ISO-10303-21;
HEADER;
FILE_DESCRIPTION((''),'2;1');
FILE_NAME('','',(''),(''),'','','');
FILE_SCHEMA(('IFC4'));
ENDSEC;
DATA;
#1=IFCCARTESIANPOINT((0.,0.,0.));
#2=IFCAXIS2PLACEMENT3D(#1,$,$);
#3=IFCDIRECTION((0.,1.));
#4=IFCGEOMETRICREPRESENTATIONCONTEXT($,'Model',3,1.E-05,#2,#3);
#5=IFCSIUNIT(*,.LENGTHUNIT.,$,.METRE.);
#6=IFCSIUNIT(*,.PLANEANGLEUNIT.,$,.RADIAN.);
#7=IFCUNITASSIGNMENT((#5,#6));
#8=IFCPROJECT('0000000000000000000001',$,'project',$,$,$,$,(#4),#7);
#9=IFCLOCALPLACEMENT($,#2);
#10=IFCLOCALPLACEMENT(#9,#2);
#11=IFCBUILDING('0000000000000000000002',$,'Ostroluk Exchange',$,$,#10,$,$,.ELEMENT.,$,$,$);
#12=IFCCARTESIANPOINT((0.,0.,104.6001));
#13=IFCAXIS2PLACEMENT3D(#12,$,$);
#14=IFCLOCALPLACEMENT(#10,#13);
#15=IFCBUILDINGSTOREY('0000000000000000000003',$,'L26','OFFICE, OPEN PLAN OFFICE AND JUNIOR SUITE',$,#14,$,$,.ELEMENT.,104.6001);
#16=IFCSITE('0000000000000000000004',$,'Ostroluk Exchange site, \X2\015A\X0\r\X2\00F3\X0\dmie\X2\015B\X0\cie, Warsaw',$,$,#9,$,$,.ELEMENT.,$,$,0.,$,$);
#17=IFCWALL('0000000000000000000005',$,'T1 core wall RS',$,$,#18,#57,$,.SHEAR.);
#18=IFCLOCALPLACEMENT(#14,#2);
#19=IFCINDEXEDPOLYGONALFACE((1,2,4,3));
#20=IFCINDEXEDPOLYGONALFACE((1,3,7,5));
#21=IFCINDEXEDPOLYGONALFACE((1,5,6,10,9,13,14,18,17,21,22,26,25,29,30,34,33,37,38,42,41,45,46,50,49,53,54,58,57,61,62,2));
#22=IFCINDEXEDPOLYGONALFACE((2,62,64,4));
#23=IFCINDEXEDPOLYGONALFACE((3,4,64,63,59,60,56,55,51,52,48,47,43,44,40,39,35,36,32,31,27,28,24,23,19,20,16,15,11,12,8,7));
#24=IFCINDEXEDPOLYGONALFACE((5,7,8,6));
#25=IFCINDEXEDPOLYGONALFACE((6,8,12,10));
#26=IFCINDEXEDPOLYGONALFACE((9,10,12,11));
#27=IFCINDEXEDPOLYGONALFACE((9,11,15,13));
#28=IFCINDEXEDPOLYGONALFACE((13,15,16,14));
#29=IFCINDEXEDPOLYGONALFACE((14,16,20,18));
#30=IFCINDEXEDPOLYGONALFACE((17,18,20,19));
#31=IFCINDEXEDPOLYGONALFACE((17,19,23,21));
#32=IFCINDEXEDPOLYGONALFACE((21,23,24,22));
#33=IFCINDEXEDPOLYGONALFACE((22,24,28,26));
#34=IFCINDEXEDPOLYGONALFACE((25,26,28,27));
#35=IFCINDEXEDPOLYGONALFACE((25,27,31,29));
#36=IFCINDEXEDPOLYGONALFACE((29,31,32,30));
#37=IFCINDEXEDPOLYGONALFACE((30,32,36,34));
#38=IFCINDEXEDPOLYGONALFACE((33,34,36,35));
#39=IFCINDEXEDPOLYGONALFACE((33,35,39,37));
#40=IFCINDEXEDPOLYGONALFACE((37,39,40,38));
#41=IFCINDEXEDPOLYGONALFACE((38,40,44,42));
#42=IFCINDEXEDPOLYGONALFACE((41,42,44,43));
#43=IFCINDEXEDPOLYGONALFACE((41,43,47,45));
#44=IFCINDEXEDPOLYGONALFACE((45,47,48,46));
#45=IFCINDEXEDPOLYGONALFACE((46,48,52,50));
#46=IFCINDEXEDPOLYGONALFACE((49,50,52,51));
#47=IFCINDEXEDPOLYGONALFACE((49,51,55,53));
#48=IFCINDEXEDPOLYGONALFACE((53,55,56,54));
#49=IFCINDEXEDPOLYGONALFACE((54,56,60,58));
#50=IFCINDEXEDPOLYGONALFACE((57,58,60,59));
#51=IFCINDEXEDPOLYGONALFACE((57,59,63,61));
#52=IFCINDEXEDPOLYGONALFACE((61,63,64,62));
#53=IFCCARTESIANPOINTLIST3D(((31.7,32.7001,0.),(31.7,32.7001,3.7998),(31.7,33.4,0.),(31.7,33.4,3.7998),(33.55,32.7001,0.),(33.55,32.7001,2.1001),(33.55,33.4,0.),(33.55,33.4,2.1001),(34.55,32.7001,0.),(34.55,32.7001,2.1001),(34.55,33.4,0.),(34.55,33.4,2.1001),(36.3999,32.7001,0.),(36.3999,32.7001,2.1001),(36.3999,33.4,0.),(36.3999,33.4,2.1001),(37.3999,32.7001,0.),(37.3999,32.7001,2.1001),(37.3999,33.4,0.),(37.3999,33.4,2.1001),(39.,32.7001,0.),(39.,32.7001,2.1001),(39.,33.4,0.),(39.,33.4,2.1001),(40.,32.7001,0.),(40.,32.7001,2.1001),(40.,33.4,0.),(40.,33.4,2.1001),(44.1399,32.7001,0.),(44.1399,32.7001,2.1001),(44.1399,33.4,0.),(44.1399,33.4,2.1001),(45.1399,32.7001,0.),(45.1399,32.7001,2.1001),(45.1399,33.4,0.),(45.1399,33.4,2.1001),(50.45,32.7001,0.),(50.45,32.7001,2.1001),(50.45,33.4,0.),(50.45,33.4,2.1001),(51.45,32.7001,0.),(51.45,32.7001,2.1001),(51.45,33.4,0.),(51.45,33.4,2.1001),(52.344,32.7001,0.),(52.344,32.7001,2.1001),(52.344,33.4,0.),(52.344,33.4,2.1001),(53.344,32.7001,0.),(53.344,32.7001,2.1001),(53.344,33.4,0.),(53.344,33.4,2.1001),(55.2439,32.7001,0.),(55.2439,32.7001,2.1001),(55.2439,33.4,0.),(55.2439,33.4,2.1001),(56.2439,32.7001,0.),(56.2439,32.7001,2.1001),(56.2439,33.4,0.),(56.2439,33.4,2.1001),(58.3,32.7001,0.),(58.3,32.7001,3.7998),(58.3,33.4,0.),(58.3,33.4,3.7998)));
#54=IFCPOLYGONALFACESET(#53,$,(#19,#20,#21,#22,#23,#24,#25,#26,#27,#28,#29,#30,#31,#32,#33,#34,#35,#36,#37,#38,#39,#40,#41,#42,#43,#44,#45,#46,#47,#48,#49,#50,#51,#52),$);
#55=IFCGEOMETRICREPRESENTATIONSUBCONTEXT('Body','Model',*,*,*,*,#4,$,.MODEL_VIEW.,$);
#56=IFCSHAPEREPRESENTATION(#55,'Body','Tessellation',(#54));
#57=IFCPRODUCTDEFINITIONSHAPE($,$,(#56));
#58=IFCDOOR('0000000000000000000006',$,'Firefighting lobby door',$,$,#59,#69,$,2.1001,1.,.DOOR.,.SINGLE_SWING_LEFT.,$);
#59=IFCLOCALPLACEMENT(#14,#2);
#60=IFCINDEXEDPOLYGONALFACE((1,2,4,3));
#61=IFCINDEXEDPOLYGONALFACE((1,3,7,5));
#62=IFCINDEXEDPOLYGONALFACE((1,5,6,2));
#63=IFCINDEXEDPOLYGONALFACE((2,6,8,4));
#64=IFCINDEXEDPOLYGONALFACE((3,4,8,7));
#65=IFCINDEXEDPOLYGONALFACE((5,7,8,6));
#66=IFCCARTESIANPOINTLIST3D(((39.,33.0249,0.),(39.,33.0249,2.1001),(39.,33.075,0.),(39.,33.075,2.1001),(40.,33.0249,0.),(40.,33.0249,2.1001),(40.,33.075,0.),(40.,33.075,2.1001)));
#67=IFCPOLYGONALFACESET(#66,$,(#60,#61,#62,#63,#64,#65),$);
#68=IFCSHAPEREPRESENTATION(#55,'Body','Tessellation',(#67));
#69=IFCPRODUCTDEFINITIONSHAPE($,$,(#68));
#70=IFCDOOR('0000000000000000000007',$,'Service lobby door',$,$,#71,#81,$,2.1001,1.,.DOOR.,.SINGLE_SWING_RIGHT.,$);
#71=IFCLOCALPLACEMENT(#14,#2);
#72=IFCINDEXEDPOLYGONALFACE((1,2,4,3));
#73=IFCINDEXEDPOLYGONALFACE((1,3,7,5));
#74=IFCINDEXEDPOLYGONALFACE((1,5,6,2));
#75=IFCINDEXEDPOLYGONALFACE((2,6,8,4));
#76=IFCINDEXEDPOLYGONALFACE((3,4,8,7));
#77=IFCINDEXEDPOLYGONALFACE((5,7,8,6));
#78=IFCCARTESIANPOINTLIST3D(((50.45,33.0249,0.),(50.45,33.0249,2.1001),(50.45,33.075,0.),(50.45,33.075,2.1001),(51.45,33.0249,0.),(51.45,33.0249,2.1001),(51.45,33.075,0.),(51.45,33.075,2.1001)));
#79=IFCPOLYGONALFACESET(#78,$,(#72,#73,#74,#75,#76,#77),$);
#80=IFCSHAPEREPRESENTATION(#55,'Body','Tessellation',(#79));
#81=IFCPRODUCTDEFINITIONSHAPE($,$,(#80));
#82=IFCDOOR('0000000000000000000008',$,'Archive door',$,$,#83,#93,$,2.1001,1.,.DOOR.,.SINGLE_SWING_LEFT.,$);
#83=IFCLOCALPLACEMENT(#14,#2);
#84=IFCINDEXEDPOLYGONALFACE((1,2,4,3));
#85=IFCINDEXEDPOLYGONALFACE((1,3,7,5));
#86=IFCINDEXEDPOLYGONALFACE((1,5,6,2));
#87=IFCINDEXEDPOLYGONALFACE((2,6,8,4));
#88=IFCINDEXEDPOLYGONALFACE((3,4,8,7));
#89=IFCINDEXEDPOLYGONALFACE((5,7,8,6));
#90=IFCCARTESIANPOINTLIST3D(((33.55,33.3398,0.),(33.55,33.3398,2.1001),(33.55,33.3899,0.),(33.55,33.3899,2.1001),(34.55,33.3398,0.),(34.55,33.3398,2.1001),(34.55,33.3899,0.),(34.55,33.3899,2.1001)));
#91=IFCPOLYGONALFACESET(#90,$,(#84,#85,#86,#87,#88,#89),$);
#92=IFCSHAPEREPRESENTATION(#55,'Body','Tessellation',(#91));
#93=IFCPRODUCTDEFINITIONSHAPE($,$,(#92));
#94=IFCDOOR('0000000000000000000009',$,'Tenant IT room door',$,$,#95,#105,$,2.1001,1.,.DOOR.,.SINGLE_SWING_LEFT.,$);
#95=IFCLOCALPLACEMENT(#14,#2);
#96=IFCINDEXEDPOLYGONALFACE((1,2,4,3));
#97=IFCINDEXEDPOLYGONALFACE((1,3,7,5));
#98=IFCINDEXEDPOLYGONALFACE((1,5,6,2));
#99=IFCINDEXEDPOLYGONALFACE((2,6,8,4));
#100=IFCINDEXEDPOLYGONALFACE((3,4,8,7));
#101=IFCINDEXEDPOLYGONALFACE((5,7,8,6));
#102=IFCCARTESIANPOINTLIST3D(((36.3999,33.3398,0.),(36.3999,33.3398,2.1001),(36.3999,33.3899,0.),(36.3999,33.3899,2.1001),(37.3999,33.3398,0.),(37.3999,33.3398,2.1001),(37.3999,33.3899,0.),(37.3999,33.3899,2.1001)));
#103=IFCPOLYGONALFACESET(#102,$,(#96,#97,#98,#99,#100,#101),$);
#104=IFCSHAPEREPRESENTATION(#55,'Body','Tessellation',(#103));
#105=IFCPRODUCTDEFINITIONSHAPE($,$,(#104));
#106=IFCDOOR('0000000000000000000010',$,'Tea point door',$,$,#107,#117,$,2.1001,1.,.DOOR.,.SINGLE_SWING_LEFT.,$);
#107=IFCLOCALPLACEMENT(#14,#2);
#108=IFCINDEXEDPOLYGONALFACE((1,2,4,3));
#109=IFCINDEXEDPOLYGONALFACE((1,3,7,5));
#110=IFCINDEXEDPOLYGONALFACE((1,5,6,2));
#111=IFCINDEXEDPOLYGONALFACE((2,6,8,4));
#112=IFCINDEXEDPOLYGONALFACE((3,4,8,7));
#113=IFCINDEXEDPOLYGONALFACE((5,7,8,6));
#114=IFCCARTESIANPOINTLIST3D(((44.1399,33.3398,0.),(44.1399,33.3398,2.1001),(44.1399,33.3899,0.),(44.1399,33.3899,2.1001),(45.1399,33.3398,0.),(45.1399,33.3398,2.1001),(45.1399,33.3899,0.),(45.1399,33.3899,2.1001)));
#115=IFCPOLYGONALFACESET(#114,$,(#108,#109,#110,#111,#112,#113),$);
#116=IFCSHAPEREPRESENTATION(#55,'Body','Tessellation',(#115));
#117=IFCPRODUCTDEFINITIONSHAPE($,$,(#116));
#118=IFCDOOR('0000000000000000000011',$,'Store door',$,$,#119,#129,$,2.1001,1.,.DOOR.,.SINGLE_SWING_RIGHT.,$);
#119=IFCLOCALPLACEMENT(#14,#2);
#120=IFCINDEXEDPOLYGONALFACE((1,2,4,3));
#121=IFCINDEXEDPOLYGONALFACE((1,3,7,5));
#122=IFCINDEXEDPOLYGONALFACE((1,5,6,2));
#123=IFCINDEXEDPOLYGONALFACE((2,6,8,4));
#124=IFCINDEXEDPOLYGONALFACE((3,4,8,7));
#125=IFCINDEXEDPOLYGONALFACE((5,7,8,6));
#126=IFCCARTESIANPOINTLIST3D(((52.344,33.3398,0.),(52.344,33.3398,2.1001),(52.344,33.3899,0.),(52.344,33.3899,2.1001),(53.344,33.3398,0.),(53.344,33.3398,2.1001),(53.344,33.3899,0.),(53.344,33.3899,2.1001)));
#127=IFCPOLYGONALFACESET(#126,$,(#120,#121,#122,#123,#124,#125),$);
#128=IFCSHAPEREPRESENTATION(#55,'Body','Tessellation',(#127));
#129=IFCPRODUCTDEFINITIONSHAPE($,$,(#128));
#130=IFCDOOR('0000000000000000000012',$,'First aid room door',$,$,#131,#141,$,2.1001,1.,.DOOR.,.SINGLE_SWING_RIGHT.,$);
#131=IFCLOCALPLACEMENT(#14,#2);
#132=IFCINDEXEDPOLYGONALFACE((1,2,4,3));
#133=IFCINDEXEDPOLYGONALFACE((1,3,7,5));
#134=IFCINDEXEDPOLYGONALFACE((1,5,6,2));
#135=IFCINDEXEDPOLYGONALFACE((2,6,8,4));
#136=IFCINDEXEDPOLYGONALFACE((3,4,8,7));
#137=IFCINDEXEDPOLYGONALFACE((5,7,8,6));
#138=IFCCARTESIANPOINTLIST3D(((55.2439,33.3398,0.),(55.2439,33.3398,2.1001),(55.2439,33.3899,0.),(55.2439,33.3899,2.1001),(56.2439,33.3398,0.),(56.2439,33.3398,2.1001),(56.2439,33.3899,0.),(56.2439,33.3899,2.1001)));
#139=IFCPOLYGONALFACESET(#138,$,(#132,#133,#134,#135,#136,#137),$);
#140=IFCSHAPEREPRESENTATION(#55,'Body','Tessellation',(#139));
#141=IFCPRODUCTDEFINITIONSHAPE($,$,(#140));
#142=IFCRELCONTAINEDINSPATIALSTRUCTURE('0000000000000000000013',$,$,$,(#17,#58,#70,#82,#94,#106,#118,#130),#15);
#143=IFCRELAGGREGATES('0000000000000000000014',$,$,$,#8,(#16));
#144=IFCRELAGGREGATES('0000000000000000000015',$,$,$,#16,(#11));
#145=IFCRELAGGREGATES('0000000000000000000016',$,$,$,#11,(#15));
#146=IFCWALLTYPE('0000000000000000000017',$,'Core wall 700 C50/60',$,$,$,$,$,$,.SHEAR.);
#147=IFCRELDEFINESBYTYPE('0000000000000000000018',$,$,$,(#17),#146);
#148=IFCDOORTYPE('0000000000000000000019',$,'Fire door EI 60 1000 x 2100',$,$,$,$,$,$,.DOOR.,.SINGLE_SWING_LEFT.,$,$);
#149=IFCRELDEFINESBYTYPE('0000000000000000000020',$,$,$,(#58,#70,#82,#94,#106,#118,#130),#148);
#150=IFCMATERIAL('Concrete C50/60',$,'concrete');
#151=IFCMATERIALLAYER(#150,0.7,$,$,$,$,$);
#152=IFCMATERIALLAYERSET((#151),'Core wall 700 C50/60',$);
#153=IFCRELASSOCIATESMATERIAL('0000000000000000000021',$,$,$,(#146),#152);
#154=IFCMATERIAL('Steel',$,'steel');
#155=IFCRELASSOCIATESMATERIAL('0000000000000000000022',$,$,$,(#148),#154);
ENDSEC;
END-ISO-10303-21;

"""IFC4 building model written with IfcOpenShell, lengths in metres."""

from ifc_helpers import new_model, si_unit, direction, frame, frame_2d, origin, place, context, subcontext, project, spatial, rectangle, extrude, material, layer, layer_set, type_object, element, fill, save


model = new_model("IFC4")

# Units and contexts
model_context = context("Model", 3, precision=1e-05, world=origin(), true_north=direction((0.0, 1.0)))
body_context = subcontext(model_context, "Body", "Model", "MODEL_VIEW")
ifc_project = project(units=[si_unit("LENGTHUNIT", "METRE"), si_unit("PLANEANGLEUNIT", "RADIAN")], contexts=[model_context])

# Site, building, storey
site_placement = place(None, origin())
site = spatial("IfcSite", under=ifc_project, at=site_placement, Name="Ostroluk Exchange site, Śródmieście, Warsaw", CompositionType="ELEMENT", RefElevation=0.0)
building_placement = place(site_placement, origin())
building = spatial("IfcBuilding", under=site, at=building_placement, Name="Ostroluk Exchange", CompositionType="ELEMENT")
storey_placement = place(building_placement, frame((0.0, 0.0, 104.6001)))
storey = spatial("IfcBuildingStorey", under=building, at=storey_placement, Name="L26", Description="OFFICE, OPEN PLAN OFFICE AND JUNIOR SUITE", CompositionType="ELEMENT", Elevation=104.6001)

# Wall, openings, doors
ifc_material_1 = material(Name="Concrete C50/60", Category="concrete")
ifc_layer_1 = layer(ifc_material_1, 0.7)
ifc_layer_set_1 = layer_set([ifc_layer_1], Name="Core wall 700 C50/60")
wall_type_1 = type_object("IfcWallType", Name="Core wall 700 C50/60", PredefinedType="SHEAR", material=ifc_layer_set_1)
wall_1_placement = place(storey_placement, frame((31.7, 33.05, 0.0), z_axis=(0.0, 0.0, 1.0), x_axis=(1.0, 0.0, 0.0)))
wall_1 = element("IfcWall", 1, at=wall_1_placement, inside=storey, type_object=wall_type_1, Name="T1 core wall RS", PredefinedType="SHEAR", context=body_context, shape_type="SweptSolid", body=[
    extrude(rectangle(XDim=26.6001, YDim=0.7, at=frame_2d((13.3, 0.0))), origin(), (0.0, 0.0, 1.0), 3.7998),
])
opening_1_placement = place(wall_1_placement, frame((7.3, 0.0, 0.0)))
opening_1 = element("IfcOpeningElement", 2, at=opening_1_placement, cuts=wall_1, PredefinedType="OPENING", context=body_context, shape_type="SweptSolid", body=[
    extrude(rectangle(XDim=1.0, YDim=2.1001, at=frame_2d((0.5, 1.05))), frame((0.0, 0.3599, 0.0), z_axis=(0.0, -1.0, 0.0), x_axis=(1.0, 0.0, 0.0)), (0.0, 0.0, 1.0), 0.72),
])
opening_2_placement = place(wall_1_placement, frame((18.75, 0.0, 0.0)))
opening_2 = element("IfcOpeningElement", 3, at=opening_2_placement, cuts=wall_1, PredefinedType="OPENING", context=body_context, shape_type="SweptSolid", body=[
    extrude(rectangle(XDim=1.0, YDim=2.1001, at=frame_2d((0.5, 1.05))), frame((0.0, 0.3599, 0.0), z_axis=(0.0, -1.0, 0.0), x_axis=(1.0, 0.0, 0.0)), (0.0, 0.0, 1.0), 0.72),
])
opening_3_placement = place(wall_1_placement, frame((1.8501, 0.0, 0.0)))
opening_3 = element("IfcOpeningElement", 4, at=opening_3_placement, cuts=wall_1, PredefinedType="OPENING", context=body_context, shape_type="SweptSolid", body=[
    extrude(rectangle(XDim=1.0, YDim=2.1001, at=frame_2d((0.5, 1.05))), frame((0.0, 0.3599, 0.0), z_axis=(0.0, -1.0, 0.0), x_axis=(1.0, 0.0, 0.0)), (0.0, 0.0, 1.0), 0.72),
])
opening_4_placement = place(wall_1_placement, frame((4.7, 0.0, 0.0)))
opening_4 = element("IfcOpeningElement", 5, at=opening_4_placement, cuts=wall_1, PredefinedType="OPENING", context=body_context, shape_type="SweptSolid", body=[
    extrude(rectangle(XDim=1.0, YDim=2.1001, at=frame_2d((0.5, 1.05))), frame((0.0, 0.3599, 0.0), z_axis=(0.0, -1.0, 0.0), x_axis=(1.0, 0.0, 0.0)), (0.0, 0.0, 1.0), 0.72),
])
opening_5_placement = place(wall_1_placement, frame((12.4399, 0.0, 0.0)))
opening_5 = element("IfcOpeningElement", 6, at=opening_5_placement, cuts=wall_1, PredefinedType="OPENING", context=body_context, shape_type="SweptSolid", body=[
    extrude(rectangle(XDim=1.0, YDim=2.1001, at=frame_2d((0.5, 1.05))), frame((0.0, 0.3599, 0.0), z_axis=(0.0, -1.0, 0.0), x_axis=(1.0, 0.0, 0.0)), (0.0, 0.0, 1.0), 0.72),
])
opening_6_placement = place(wall_1_placement, frame((20.644, 0.0, 0.0)))
opening_6 = element("IfcOpeningElement", 7, at=opening_6_placement, cuts=wall_1, PredefinedType="OPENING", context=body_context, shape_type="SweptSolid", body=[
    extrude(rectangle(XDim=1.0, YDim=2.1001, at=frame_2d((0.5, 1.05))), frame((0.0, 0.3599, 0.0), z_axis=(0.0, -1.0, 0.0), x_axis=(1.0, 0.0, 0.0)), (0.0, 0.0, 1.0), 0.72),
])
opening_7_placement = place(wall_1_placement, frame((23.5439, 0.0, 0.0)))
opening_7 = element("IfcOpeningElement", 8, at=opening_7_placement, cuts=wall_1, PredefinedType="OPENING", context=body_context, shape_type="SweptSolid", body=[
    extrude(rectangle(XDim=1.0, YDim=2.1001, at=frame_2d((0.5, 1.05))), frame((0.0, 0.3599, 0.0), z_axis=(0.0, -1.0, 0.0), x_axis=(1.0, 0.0, 0.0)), (0.0, 0.0, 1.0), 0.72),
])
ifc_material_2 = material(Name="Steel", Category="steel")
door_type_1 = type_object("IfcDoorType", Name="Fire door EI 60 1000 x 2100", OperationType="SINGLE_SWING_LEFT", PredefinedType="DOOR", material=ifc_material_2)
door_1_placement = place(opening_1_placement, origin())
door_1 = element("IfcDoor", 9, at=door_1_placement, inside=storey, type_object=door_type_1, Name="Firefighting lobby door", OperationType="SINGLE_SWING_LEFT", OverallHeight=2.1001, OverallWidth=1.0, PredefinedType="DOOR", context=body_context, shape_type="SweptSolid", body=[
    extrude(rectangle(XDim=1.0, YDim=2.1001, at=frame_2d((0.5, 1.05))), frame((0.0, 0.0249, 0.0), z_axis=(0.0, -1.0, 0.0), x_axis=(1.0, 0.0, 0.0)), (0.0, 0.0, 1.0), 0.05),
])
fill(opening_1, door_1)
door_2_placement = place(opening_2_placement, origin())
door_2 = element("IfcDoor", 10, at=door_2_placement, inside=storey, type_object=door_type_1, Name="Service lobby door", OperationType="SINGLE_SWING_RIGHT", OverallHeight=2.1001, OverallWidth=1.0, PredefinedType="DOOR", context=body_context, shape_type="SweptSolid", body=[
    extrude(rectangle(XDim=1.0, YDim=2.1001, at=frame_2d((0.5, 1.05))), frame((0.0, 0.0249, 0.0), z_axis=(0.0, -1.0, 0.0), x_axis=(1.0, 0.0, 0.0)), (0.0, 0.0, 1.0), 0.05),
])
fill(opening_2, door_2)
door_3_placement = place(opening_3_placement, origin())
door_3 = element("IfcDoor", 11, at=door_3_placement, inside=storey, type_object=door_type_1, Name="Archive door", OperationType="SINGLE_SWING_LEFT", OverallHeight=2.1001, OverallWidth=1.0, PredefinedType="DOOR", context=body_context, shape_type="SweptSolid", body=[
    extrude(rectangle(XDim=1.0, YDim=2.1001, at=frame_2d((0.5, 1.05))), frame((0.0, 0.3398, 0.0), z_axis=(0.0, -1.0, 0.0), x_axis=(1.0, 0.0, 0.0)), (0.0, 0.0, 1.0), 0.05),
])
fill(opening_3, door_3)
door_4_placement = place(opening_4_placement, origin())
door_4 = element("IfcDoor", 12, at=door_4_placement, inside=storey, type_object=door_type_1, Name="Tenant IT room door", OperationType="SINGLE_SWING_LEFT", OverallHeight=2.1001, OverallWidth=1.0, PredefinedType="DOOR", context=body_context, shape_type="SweptSolid", body=[
    extrude(rectangle(XDim=1.0, YDim=2.1001, at=frame_2d((0.5, 1.05))), frame((0.0, 0.3398, 0.0), z_axis=(0.0, -1.0, 0.0), x_axis=(1.0, 0.0, 0.0)), (0.0, 0.0, 1.0), 0.05),
])
fill(opening_4, door_4)
door_5_placement = place(opening_5_placement, origin())
door_5 = element("IfcDoor", 13, at=door_5_placement, inside=storey, type_object=door_type_1, Name="Tea point door", OperationType="SINGLE_SWING_LEFT", OverallHeight=2.1001, OverallWidth=1.0, PredefinedType="DOOR", context=body_context, shape_type="SweptSolid", body=[
    extrude(rectangle(XDim=1.0, YDim=2.1001, at=frame_2d((0.5, 1.05))), frame((0.0, 0.3398, 0.0), z_axis=(0.0, -1.0, 0.0), x_axis=(1.0, 0.0, 0.0)), (0.0, 0.0, 1.0), 0.05),
])
fill(opening_5, door_5)
door_6_placement = place(opening_6_placement, origin())
door_6 = element("IfcDoor", 14, at=door_6_placement, inside=storey, type_object=door_type_1, Name="Store door", OperationType="SINGLE_SWING_RIGHT", OverallHeight=2.1001, OverallWidth=1.0, PredefinedType="DOOR", context=body_context, shape_type="SweptSolid", body=[
    extrude(rectangle(XDim=1.0, YDim=2.1001, at=frame_2d((0.5, 1.05))), frame((0.0, 0.3398, 0.0), z_axis=(0.0, -1.0, 0.0), x_axis=(1.0, 0.0, 0.0)), (0.0, 0.0, 1.0), 0.05),
])
fill(opening_6, door_6)
door_7_placement = place(opening_7_placement, origin())
door_7 = element("IfcDoor", 15, at=door_7_placement, inside=storey, type_object=door_type_1, Name="First aid room door", OperationType="SINGLE_SWING_RIGHT", OverallHeight=2.1001, OverallWidth=1.0, PredefinedType="DOOR", context=body_context, shape_type="SweptSolid", body=[
    extrude(rectangle(XDim=1.0, YDim=2.1001, at=frame_2d((0.5, 1.05))), frame((0.0, 0.3398, 0.0), z_axis=(0.0, -1.0, 0.0), x_axis=(1.0, 0.0, 0.0)), (0.0, 0.0, 1.0), 0.05),
])
fill(opening_7, door_7)

save(model, "model.ifc")
